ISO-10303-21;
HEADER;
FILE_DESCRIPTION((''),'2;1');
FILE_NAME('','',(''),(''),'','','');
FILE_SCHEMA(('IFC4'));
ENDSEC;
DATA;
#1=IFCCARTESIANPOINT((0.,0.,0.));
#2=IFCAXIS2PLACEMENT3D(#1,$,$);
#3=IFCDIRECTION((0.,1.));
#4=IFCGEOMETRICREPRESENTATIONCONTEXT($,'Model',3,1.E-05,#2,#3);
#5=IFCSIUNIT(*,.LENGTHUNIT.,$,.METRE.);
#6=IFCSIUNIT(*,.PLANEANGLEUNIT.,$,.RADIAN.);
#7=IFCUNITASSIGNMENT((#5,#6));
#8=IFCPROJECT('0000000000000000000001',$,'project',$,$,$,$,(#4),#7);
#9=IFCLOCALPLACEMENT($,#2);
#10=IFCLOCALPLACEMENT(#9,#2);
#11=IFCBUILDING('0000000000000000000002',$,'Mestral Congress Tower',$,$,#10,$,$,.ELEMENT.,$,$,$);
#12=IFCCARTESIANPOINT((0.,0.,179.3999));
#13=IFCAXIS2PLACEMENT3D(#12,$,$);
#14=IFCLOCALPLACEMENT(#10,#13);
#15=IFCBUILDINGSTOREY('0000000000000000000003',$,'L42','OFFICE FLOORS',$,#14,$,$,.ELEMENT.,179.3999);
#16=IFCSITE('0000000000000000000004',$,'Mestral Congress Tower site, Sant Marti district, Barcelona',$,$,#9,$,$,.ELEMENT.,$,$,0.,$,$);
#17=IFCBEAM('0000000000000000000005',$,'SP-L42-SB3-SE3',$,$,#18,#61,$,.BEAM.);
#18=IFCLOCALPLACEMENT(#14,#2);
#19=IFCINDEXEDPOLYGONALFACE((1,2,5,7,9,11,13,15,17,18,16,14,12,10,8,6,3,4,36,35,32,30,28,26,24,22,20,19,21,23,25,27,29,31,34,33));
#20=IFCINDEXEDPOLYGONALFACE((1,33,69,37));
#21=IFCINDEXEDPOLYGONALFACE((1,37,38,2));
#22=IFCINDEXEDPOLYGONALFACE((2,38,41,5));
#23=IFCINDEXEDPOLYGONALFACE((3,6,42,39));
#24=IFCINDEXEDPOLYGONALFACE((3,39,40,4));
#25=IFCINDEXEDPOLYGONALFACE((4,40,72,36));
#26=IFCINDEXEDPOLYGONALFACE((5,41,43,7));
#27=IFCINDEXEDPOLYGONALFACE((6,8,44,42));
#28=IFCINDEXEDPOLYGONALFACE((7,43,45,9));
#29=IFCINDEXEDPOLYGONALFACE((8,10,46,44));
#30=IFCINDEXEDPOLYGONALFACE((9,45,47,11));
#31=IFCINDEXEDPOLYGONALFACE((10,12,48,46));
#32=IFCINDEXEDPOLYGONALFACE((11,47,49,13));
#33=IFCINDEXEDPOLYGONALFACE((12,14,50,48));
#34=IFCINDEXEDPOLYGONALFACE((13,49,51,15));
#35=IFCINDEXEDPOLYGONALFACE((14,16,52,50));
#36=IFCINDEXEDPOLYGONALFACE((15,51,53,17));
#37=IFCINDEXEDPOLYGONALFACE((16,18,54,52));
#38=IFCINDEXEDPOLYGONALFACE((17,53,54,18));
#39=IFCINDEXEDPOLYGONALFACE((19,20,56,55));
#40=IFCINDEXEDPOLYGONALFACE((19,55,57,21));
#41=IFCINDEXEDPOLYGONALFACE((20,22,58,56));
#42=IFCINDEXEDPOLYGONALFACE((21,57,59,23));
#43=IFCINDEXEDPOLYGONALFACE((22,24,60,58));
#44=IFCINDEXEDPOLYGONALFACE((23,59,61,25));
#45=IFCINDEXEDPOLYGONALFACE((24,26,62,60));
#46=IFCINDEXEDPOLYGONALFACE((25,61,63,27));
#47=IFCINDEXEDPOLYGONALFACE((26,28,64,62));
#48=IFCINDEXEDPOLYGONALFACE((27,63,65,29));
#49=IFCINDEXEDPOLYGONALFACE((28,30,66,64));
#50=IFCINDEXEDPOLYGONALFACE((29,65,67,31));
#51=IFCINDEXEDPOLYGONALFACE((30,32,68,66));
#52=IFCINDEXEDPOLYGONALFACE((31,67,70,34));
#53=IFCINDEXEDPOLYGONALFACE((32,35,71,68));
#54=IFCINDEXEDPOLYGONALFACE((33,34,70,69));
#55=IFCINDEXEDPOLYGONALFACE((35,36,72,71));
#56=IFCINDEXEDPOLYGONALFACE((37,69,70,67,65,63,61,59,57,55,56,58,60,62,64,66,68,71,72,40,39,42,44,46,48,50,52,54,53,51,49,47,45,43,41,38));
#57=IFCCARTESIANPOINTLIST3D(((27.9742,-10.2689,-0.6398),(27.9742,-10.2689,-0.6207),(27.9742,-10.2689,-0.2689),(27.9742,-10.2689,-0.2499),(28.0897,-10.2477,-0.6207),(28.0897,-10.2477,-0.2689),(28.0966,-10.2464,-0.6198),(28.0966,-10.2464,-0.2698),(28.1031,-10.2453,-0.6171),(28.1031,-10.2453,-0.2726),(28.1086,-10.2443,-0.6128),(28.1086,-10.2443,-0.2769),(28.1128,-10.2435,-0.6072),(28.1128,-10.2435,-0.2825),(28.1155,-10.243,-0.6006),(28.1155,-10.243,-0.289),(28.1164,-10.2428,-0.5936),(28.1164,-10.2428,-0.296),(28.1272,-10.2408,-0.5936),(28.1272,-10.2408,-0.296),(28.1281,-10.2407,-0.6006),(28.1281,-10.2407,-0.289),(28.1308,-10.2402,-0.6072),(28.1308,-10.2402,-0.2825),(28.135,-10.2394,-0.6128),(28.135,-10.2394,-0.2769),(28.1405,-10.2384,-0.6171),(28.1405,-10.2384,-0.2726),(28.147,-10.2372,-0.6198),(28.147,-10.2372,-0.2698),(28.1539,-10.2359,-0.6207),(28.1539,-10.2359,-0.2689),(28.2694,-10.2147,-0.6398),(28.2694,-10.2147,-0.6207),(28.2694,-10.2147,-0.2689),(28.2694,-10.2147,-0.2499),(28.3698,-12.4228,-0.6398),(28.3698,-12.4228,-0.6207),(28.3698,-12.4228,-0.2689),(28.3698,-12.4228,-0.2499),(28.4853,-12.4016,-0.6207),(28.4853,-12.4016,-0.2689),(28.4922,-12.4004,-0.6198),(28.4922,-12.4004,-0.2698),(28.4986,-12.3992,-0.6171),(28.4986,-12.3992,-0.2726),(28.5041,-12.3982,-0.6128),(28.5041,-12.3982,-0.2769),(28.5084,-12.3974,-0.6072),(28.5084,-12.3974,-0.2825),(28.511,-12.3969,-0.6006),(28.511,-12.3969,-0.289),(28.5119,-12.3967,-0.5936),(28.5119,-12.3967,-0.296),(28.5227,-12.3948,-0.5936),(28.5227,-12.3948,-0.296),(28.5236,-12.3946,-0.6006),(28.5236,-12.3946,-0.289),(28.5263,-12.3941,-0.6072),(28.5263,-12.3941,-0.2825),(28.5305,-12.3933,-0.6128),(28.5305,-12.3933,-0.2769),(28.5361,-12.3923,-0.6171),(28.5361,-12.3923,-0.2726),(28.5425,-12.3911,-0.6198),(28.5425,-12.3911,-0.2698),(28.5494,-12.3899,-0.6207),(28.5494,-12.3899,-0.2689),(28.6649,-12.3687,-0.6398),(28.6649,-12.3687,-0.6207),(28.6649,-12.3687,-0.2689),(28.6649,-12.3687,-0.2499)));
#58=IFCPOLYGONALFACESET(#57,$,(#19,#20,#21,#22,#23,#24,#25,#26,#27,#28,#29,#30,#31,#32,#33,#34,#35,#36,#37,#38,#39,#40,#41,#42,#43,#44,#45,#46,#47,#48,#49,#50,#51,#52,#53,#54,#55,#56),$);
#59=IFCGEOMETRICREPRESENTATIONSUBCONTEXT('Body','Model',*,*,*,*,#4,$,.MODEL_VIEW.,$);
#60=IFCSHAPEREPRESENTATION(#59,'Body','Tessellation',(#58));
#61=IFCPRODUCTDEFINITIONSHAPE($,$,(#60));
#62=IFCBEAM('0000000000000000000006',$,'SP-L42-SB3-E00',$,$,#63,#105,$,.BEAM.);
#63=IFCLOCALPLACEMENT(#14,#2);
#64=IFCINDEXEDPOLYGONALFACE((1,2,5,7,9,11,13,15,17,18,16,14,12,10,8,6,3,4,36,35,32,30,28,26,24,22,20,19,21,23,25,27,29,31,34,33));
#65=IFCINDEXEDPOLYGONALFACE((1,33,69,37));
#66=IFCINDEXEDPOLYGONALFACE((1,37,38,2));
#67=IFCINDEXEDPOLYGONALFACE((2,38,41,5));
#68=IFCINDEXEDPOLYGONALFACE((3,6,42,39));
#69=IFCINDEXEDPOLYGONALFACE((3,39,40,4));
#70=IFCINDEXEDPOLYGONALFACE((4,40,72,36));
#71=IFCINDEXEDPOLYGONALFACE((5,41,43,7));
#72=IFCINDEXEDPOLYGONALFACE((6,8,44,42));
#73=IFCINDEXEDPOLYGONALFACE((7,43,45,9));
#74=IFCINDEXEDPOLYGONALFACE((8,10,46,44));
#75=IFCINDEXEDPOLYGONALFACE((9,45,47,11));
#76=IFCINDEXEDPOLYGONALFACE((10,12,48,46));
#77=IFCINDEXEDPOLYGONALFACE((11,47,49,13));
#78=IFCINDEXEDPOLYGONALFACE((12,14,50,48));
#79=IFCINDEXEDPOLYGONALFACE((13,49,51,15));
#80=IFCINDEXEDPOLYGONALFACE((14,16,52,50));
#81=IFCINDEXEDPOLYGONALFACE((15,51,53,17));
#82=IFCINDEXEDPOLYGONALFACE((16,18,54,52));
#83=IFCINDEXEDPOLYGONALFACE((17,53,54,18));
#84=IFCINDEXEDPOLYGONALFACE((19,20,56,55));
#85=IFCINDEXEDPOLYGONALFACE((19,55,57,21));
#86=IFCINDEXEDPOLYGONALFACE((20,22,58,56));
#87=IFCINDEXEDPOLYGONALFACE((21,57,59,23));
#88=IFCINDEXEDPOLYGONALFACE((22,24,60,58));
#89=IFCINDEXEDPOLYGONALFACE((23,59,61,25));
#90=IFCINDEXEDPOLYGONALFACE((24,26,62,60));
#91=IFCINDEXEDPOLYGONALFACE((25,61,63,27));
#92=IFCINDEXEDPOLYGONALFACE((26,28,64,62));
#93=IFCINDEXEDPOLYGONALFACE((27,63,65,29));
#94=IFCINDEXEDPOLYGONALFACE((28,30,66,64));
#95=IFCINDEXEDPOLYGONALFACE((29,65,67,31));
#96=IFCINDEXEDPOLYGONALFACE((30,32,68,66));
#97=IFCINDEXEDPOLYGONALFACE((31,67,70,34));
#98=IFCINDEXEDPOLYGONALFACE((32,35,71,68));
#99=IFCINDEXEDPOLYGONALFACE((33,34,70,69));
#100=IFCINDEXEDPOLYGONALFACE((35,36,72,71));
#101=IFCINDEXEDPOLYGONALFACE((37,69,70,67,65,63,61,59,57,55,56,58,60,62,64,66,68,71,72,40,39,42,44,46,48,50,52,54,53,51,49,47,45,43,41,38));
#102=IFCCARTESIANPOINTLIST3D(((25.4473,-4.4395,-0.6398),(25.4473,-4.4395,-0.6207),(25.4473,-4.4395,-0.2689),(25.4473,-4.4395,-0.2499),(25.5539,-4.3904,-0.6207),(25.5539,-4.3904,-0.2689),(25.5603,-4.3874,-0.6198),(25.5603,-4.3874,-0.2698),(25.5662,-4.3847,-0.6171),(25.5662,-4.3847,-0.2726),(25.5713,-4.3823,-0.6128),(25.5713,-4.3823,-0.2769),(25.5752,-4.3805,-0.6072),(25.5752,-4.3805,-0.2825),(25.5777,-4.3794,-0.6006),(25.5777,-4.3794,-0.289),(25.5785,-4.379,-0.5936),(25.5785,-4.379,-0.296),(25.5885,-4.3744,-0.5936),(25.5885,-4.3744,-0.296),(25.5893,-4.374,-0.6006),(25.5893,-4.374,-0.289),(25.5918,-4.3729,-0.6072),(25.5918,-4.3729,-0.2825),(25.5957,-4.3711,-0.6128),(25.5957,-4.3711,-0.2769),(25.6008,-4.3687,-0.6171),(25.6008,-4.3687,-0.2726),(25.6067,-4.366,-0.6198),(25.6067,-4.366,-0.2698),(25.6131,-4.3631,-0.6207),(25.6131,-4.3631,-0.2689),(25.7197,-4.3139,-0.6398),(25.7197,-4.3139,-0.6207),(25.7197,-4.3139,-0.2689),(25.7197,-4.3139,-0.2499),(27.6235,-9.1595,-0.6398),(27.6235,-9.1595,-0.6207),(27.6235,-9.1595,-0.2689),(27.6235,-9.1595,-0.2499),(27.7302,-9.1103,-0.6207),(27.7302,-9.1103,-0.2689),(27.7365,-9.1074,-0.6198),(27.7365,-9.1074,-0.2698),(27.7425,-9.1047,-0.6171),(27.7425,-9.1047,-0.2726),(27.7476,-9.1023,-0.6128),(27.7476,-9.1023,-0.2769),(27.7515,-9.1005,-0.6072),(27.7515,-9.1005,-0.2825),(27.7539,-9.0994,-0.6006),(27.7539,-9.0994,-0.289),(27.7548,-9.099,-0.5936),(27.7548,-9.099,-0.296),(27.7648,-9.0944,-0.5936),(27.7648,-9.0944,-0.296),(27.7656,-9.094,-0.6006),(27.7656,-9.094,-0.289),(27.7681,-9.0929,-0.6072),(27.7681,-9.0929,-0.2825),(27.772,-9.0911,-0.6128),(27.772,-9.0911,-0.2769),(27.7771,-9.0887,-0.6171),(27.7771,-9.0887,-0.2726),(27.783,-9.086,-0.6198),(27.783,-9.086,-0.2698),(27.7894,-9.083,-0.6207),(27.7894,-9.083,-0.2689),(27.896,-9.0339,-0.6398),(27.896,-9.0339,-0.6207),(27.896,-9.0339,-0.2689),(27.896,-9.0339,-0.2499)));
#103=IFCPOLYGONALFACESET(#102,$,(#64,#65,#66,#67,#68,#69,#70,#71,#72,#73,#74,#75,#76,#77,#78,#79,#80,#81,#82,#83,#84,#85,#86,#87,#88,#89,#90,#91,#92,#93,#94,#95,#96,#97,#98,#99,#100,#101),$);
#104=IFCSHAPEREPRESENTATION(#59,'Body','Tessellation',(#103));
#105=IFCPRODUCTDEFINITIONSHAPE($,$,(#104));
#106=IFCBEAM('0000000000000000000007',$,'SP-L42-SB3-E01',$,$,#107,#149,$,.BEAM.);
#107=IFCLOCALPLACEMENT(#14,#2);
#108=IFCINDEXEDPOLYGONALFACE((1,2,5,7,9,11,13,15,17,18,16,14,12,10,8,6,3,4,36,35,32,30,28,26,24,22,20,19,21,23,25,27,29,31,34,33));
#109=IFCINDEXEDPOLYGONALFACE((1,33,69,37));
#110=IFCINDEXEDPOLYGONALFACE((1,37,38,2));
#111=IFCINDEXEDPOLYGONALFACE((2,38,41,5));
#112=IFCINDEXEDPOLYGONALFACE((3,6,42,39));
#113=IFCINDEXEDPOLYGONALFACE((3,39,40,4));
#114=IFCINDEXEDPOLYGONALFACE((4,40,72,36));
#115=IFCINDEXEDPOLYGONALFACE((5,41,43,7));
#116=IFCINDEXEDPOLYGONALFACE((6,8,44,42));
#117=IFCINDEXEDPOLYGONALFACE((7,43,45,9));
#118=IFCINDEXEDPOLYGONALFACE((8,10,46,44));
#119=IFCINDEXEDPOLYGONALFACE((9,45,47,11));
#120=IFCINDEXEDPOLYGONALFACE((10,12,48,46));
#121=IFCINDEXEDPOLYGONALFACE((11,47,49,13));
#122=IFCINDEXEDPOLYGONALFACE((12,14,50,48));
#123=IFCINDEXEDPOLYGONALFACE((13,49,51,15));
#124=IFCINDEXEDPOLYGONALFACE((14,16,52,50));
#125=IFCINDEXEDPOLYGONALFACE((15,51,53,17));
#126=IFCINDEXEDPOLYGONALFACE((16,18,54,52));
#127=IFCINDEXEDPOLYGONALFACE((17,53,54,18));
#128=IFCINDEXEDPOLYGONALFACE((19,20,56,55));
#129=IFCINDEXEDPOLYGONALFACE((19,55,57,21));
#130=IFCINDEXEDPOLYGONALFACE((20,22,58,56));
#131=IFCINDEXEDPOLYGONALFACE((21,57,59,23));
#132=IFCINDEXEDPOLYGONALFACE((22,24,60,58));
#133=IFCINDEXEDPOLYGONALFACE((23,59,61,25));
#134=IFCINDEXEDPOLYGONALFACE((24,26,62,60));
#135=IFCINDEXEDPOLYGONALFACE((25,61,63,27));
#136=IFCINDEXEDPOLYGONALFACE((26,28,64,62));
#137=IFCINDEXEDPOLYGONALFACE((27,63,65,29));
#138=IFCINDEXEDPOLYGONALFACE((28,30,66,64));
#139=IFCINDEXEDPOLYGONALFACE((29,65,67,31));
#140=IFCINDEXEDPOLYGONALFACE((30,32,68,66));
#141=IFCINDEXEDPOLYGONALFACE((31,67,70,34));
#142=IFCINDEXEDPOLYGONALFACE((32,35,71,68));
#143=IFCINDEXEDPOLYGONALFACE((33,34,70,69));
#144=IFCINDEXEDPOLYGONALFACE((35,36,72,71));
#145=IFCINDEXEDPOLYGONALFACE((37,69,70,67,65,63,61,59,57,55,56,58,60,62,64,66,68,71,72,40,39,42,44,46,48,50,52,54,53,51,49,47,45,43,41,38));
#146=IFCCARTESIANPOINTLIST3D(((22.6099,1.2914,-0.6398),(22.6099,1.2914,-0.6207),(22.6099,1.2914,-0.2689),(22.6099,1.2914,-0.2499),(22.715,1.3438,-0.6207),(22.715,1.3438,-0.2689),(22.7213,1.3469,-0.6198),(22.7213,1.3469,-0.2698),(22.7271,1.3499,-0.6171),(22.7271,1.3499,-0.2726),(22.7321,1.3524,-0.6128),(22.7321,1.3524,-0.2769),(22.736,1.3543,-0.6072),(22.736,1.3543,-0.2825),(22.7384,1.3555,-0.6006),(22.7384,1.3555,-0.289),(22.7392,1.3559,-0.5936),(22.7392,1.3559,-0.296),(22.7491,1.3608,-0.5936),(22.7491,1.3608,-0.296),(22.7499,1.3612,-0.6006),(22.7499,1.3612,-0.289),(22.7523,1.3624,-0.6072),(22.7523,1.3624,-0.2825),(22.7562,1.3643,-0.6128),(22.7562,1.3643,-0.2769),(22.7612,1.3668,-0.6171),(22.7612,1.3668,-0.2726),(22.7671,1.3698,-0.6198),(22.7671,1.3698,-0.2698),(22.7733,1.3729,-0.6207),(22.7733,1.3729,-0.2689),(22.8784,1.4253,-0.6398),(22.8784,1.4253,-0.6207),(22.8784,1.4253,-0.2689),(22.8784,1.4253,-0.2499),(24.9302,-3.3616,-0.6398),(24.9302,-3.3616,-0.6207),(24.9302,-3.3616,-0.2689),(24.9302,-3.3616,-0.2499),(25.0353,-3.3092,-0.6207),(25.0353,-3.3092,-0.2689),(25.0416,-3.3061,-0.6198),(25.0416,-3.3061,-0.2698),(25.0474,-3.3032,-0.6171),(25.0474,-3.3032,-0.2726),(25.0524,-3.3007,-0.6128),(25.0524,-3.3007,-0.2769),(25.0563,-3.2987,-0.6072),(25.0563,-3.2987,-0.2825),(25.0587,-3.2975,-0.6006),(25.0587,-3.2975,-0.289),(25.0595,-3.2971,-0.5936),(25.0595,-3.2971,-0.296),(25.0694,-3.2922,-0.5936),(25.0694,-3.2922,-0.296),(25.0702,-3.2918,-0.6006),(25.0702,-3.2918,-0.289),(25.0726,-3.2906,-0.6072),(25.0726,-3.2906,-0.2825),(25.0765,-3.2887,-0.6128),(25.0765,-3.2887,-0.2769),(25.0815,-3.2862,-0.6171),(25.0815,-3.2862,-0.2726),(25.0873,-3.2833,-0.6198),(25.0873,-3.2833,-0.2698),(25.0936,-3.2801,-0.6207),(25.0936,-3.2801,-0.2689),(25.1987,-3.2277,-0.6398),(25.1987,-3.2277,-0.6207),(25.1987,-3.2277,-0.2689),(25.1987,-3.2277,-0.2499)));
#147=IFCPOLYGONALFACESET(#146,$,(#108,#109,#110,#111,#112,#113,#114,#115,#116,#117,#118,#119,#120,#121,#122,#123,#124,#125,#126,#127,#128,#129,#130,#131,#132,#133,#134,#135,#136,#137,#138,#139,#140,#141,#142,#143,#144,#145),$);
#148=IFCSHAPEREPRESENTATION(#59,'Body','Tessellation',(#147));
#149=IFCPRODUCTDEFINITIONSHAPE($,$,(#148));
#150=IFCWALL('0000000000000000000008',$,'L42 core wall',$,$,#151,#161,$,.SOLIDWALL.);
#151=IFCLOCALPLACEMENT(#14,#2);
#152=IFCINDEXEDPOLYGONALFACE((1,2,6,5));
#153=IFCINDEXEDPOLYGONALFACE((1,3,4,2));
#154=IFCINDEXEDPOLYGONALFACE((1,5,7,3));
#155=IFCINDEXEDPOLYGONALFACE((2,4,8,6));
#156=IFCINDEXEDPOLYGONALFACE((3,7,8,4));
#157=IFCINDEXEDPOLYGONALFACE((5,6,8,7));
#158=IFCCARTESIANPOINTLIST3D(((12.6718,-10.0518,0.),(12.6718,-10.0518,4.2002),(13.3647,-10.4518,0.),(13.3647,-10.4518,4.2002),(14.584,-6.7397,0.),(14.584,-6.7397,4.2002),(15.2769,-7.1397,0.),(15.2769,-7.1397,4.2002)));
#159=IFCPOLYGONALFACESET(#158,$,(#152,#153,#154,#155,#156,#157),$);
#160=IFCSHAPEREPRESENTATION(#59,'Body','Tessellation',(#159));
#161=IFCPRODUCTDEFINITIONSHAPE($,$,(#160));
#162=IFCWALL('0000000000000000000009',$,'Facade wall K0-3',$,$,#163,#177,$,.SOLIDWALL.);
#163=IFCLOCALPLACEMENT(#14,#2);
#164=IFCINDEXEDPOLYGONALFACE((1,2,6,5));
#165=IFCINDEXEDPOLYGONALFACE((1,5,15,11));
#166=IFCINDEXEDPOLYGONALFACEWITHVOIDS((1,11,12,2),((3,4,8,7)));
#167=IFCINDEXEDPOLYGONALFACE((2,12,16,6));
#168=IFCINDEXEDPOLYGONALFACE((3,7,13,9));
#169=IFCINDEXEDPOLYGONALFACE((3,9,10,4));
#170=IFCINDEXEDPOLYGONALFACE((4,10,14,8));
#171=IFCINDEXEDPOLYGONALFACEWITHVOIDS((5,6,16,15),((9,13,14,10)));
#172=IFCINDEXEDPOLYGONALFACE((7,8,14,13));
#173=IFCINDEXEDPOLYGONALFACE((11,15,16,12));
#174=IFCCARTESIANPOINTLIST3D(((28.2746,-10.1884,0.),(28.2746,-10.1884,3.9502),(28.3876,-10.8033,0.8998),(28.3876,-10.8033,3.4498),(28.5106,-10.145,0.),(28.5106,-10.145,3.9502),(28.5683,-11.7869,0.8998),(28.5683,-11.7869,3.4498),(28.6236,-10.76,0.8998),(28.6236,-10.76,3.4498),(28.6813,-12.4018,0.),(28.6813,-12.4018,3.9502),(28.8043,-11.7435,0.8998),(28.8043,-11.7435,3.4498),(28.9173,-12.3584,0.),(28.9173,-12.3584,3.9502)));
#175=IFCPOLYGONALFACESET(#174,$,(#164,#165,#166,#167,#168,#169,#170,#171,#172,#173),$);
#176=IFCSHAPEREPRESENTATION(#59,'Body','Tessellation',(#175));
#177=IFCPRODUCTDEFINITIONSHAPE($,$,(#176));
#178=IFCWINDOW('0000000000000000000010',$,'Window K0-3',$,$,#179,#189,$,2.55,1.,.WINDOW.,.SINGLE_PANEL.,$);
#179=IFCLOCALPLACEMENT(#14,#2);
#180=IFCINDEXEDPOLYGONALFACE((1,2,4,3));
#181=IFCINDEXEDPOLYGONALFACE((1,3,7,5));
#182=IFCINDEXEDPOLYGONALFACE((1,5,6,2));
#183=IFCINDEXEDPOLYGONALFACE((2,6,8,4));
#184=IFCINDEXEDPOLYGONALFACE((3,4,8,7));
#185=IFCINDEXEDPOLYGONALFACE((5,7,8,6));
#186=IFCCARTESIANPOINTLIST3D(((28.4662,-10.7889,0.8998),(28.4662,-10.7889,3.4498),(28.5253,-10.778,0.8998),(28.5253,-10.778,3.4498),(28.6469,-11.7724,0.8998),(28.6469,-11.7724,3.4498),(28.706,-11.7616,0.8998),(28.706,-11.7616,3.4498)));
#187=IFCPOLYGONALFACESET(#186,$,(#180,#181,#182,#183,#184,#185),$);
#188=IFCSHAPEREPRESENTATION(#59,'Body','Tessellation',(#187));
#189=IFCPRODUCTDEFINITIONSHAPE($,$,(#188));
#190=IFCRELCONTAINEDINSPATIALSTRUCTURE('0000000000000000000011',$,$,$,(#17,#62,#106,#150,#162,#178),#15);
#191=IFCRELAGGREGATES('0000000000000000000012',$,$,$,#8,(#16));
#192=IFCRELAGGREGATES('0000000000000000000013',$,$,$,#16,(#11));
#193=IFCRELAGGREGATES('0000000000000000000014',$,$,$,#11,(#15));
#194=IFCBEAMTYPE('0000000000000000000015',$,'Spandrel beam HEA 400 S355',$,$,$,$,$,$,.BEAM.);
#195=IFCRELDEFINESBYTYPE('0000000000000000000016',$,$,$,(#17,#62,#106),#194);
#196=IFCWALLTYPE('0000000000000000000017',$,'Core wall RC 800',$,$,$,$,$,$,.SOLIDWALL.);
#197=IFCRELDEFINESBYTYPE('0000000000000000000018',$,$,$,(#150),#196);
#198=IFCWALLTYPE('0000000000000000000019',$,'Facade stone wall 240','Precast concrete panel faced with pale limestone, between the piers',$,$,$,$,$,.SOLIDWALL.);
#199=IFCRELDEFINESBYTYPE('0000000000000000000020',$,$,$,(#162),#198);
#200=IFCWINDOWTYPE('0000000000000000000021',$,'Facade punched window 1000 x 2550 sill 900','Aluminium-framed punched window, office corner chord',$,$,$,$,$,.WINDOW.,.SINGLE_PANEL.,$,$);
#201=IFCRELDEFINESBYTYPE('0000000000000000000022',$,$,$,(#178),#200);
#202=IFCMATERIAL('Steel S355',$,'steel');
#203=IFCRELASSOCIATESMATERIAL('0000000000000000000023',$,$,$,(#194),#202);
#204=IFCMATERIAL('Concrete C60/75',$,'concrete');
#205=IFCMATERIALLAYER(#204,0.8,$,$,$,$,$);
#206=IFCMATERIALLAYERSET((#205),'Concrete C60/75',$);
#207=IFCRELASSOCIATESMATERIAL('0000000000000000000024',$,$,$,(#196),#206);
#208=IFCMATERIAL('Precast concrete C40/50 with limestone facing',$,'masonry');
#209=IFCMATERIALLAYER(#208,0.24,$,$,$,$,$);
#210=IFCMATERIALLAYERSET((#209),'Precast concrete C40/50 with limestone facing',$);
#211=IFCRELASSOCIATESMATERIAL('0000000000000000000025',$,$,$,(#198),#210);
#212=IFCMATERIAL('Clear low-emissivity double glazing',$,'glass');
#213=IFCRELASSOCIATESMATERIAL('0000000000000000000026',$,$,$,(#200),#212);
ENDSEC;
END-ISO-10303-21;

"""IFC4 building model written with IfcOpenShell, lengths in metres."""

from ifc_helpers import new_model, si_unit, direction, frame, frame_2d, origin, origin_2d, place, context, subcontext, project, spatial, rectangle, i_section, extrude, material, layer, layer_set, material_profile, profile_set, type_object, element, fill, save


model = new_model("IFC4")

# Units and contexts
model_context = context("Model", 3, precision=1e-05, world=origin(), true_north=direction((0.0, 1.0)))
body_context = subcontext(model_context, "Body", "Model", "MODEL_VIEW")
ifc_project = project(units=[si_unit("LENGTHUNIT", "METRE"), si_unit("PLANEANGLEUNIT", "RADIAN")], contexts=[model_context])

# Site, building, storey
site_placement = place(None, origin())
site = spatial("IfcSite", under=ifc_project, at=site_placement, Name="Mestral Congress Tower site, Sant Marti district, Barcelona", CompositionType="ELEMENT", RefElevation=0.0)
building_placement = place(site_placement, origin())
building = spatial("IfcBuilding", under=site, at=building_placement, Name="Mestral Congress Tower", CompositionType="ELEMENT")
storey_placement = place(building_placement, frame((0.0, 0.0, 179.3999)))
storey = spatial("IfcBuildingStorey", under=building, at=storey_placement, Name="L42", Description="OFFICE FLOORS", CompositionType="ELEMENT", Elevation=179.3999)

# Shared definitions
ifc_material_1 = material(Name="Concrete C60/75", Category="concrete")

# Beams
ifc_material_2 = material(Name="Steel S355", Category="steel")
ifc_material_profile_1 = material_profile(ifc_material_2, i_section(OverallWidth=0.3, OverallDepth=0.3899, WebThickness=0.011, FlangeThickness=0.019, FilletRadius=0.0271, at=origin_2d()), Name="HEA 400")
ifc_profile_set_1 = profile_set([ifc_material_profile_1], Name="Steel S355")
beam_type_1 = type_object("IfcBeamType", Name="Spandrel beam HEA 400 S355", PredefinedType="BEAM", material=ifc_profile_set_1)
beam_1_placement = place(storey_placement, frame((28.5173, -12.3958, -0.4448), z_axis=(-0.180612, 0.983554, 0.0), x_axis=(-0.983554, -0.180612, 0.0)))
element("IfcBeam", 1, at=beam_1_placement, inside=storey, type_object=beam_type_1, Name="SP-L42-SB3-SE3", PredefinedType="BEAM", context=body_context, shape_type="SweptSolid", body=[
    extrude(i_section(OverallWidth=0.3, OverallDepth=0.3899, WebThickness=0.011, FlangeThickness=0.019, FilletRadius=0.0271, at=origin_2d()), origin(), (0.0, 0.0, 1.0), 2.1899),
])
beam_2_placement = place(storey_placement, frame((27.7598, -9.0967, -0.4448), z_axis=(-0.418713, 0.908119, 0.0), x_axis=(-0.908119, -0.418713, 0.0)))
element("IfcBeam", 2, at=beam_2_placement, inside=storey, type_object=beam_type_1, Name="SP-L42-SB3-E00", PredefinedType="BEAM", context=body_context, shape_type="SweptSolid", body=[
    extrude(i_section(OverallWidth=0.3, OverallDepth=0.3899, WebThickness=0.011, FlangeThickness=0.019, FilletRadius=0.0271, at=origin_2d()), origin(), (0.0, 0.0, 1.0), 5.1975),
])
beam_3_placement = place(storey_placement, frame((25.0645, -3.2947, -0.4448), z_axis=(-0.446255, 0.894906, 0.0), x_axis=(-0.894906, -0.446255, 0.0)))
element("IfcBeam", 3, at=beam_3_placement, inside=storey, type_object=beam_type_1, Name="SP-L42-SB3-E01", PredefinedType="BEAM", context=body_context, shape_type="SweptSolid", body=[
    extrude(i_section(OverallWidth=0.3, OverallDepth=0.3899, WebThickness=0.011, FlangeThickness=0.019, FilletRadius=0.0271, at=origin_2d()), origin(), (0.0, 0.0, 1.0), 5.1995),
])

# Wall
ifc_layer_1 = layer(ifc_material_1, 0.8)
ifc_layer_set_1 = layer_set([ifc_layer_1], Name="Concrete C60/75")
wall_type_1 = type_object("IfcWallType", Name="Core wall RC 800", PredefinedType="SOLIDWALL", material=ifc_layer_set_1)
wall_1_placement = place(storey_placement, frame((13.0183, -10.2517, 0.0), z_axis=(0.0, 0.0, 1.0), x_axis=(0.499984, 0.866035, 0.0)))
element("IfcWall", 4, at=wall_1_placement, inside=storey, type_object=wall_type_1, Name="L42 core wall", PredefinedType="SOLIDWALL", context=body_context, shape_type="SweptSolid", body=[
    extrude(rectangle(XDim=3.8245, YDim=0.8, at=frame_2d((1.9121, 0.0))), origin(), (0.0, 0.0, 1.0), 4.2002),
])

# Wall, opening, window
ifc_material_3 = material(Name="Precast concrete C40/50 with limestone facing", Category="masonry")
ifc_layer_2 = layer(ifc_material_3, 0.24)
ifc_layer_set_2 = layer_set([ifc_layer_2], Name="Precast concrete C40/50 with limestone facing")
wall_type_2 = type_object("IfcWallType", Name="Facade stone wall 240", Description="Precast concrete panel faced with pale limestone, between the piers", PredefinedType="SOLIDWALL", material=ifc_layer_set_2)
wall_2_placement = place(storey_placement, frame((28.7993, -12.3801, 0.0), z_axis=(0.0, 0.0, 1.0), x_axis=(-0.180737, 0.983531, 0.0)))
wall_2 = element("IfcWall", 5, at=wall_2_placement, inside=storey, type_object=wall_type_2, Name="Facade wall K0-3", PredefinedType="SOLIDWALL", context=body_context, shape_type="SweptSolid", body=[
    extrude(rectangle(XDim=2.2505, YDim=0.24, at=frame_2d((1.1252, 0.0))), origin(), (0.0, 0.0, 1.0), 3.9502),
])
opening_1_placement = place(wall_2_placement, frame((0.6252, 0.0, 0.8999)))
opening_1 = element("IfcOpeningElement", 6, at=opening_1_placement, cuts=wall_2, PredefinedType="OPENING", context=body_context, shape_type="SweptSolid", body=[
    extrude(rectangle(XDim=1.0, YDim=2.55, at=frame_2d((0.5, 1.2749))), frame((0.0, 0.1299, 0.0), z_axis=(0.0, -1.0, 0.0), x_axis=(1.0, 0.0, 0.0)), (0.0, 0.0, 1.0), 0.26),
])
ifc_material_4 = material(Name="Clear low-emissivity double glazing", Category="glass")
window_type_1 = type_object("IfcWindowType", Name="Facade punched window 1000 x 2550 sill 900", Description="Aluminium-framed punched window, office corner chord", PartitioningType="SINGLE_PANEL", PredefinedType="WINDOW", material=ifc_material_4)
window_1_placement = place(opening_1_placement, origin())
window_1 = element("IfcWindow", 7, at=window_1_placement, inside=storey, type_object=window_type_1, Name="Window K0-3", OverallHeight=2.55, OverallWidth=1.0, PartitioningType="SINGLE_PANEL", PredefinedType="WINDOW", context=body_context, shape_type="SweptSolid", body=[
    extrude(rectangle(XDim=1.0, YDim=2.55, at=frame_2d((0.5, 1.2749))), frame((0.0, 0.04, 0.0), z_axis=(0.0, -1.0, 0.0), x_axis=(1.0, 0.0, 0.0)), (0.0, 0.0, 1.0), 0.0601),
])
fill(opening_1, window_1)

save(model, "model.ifc")
